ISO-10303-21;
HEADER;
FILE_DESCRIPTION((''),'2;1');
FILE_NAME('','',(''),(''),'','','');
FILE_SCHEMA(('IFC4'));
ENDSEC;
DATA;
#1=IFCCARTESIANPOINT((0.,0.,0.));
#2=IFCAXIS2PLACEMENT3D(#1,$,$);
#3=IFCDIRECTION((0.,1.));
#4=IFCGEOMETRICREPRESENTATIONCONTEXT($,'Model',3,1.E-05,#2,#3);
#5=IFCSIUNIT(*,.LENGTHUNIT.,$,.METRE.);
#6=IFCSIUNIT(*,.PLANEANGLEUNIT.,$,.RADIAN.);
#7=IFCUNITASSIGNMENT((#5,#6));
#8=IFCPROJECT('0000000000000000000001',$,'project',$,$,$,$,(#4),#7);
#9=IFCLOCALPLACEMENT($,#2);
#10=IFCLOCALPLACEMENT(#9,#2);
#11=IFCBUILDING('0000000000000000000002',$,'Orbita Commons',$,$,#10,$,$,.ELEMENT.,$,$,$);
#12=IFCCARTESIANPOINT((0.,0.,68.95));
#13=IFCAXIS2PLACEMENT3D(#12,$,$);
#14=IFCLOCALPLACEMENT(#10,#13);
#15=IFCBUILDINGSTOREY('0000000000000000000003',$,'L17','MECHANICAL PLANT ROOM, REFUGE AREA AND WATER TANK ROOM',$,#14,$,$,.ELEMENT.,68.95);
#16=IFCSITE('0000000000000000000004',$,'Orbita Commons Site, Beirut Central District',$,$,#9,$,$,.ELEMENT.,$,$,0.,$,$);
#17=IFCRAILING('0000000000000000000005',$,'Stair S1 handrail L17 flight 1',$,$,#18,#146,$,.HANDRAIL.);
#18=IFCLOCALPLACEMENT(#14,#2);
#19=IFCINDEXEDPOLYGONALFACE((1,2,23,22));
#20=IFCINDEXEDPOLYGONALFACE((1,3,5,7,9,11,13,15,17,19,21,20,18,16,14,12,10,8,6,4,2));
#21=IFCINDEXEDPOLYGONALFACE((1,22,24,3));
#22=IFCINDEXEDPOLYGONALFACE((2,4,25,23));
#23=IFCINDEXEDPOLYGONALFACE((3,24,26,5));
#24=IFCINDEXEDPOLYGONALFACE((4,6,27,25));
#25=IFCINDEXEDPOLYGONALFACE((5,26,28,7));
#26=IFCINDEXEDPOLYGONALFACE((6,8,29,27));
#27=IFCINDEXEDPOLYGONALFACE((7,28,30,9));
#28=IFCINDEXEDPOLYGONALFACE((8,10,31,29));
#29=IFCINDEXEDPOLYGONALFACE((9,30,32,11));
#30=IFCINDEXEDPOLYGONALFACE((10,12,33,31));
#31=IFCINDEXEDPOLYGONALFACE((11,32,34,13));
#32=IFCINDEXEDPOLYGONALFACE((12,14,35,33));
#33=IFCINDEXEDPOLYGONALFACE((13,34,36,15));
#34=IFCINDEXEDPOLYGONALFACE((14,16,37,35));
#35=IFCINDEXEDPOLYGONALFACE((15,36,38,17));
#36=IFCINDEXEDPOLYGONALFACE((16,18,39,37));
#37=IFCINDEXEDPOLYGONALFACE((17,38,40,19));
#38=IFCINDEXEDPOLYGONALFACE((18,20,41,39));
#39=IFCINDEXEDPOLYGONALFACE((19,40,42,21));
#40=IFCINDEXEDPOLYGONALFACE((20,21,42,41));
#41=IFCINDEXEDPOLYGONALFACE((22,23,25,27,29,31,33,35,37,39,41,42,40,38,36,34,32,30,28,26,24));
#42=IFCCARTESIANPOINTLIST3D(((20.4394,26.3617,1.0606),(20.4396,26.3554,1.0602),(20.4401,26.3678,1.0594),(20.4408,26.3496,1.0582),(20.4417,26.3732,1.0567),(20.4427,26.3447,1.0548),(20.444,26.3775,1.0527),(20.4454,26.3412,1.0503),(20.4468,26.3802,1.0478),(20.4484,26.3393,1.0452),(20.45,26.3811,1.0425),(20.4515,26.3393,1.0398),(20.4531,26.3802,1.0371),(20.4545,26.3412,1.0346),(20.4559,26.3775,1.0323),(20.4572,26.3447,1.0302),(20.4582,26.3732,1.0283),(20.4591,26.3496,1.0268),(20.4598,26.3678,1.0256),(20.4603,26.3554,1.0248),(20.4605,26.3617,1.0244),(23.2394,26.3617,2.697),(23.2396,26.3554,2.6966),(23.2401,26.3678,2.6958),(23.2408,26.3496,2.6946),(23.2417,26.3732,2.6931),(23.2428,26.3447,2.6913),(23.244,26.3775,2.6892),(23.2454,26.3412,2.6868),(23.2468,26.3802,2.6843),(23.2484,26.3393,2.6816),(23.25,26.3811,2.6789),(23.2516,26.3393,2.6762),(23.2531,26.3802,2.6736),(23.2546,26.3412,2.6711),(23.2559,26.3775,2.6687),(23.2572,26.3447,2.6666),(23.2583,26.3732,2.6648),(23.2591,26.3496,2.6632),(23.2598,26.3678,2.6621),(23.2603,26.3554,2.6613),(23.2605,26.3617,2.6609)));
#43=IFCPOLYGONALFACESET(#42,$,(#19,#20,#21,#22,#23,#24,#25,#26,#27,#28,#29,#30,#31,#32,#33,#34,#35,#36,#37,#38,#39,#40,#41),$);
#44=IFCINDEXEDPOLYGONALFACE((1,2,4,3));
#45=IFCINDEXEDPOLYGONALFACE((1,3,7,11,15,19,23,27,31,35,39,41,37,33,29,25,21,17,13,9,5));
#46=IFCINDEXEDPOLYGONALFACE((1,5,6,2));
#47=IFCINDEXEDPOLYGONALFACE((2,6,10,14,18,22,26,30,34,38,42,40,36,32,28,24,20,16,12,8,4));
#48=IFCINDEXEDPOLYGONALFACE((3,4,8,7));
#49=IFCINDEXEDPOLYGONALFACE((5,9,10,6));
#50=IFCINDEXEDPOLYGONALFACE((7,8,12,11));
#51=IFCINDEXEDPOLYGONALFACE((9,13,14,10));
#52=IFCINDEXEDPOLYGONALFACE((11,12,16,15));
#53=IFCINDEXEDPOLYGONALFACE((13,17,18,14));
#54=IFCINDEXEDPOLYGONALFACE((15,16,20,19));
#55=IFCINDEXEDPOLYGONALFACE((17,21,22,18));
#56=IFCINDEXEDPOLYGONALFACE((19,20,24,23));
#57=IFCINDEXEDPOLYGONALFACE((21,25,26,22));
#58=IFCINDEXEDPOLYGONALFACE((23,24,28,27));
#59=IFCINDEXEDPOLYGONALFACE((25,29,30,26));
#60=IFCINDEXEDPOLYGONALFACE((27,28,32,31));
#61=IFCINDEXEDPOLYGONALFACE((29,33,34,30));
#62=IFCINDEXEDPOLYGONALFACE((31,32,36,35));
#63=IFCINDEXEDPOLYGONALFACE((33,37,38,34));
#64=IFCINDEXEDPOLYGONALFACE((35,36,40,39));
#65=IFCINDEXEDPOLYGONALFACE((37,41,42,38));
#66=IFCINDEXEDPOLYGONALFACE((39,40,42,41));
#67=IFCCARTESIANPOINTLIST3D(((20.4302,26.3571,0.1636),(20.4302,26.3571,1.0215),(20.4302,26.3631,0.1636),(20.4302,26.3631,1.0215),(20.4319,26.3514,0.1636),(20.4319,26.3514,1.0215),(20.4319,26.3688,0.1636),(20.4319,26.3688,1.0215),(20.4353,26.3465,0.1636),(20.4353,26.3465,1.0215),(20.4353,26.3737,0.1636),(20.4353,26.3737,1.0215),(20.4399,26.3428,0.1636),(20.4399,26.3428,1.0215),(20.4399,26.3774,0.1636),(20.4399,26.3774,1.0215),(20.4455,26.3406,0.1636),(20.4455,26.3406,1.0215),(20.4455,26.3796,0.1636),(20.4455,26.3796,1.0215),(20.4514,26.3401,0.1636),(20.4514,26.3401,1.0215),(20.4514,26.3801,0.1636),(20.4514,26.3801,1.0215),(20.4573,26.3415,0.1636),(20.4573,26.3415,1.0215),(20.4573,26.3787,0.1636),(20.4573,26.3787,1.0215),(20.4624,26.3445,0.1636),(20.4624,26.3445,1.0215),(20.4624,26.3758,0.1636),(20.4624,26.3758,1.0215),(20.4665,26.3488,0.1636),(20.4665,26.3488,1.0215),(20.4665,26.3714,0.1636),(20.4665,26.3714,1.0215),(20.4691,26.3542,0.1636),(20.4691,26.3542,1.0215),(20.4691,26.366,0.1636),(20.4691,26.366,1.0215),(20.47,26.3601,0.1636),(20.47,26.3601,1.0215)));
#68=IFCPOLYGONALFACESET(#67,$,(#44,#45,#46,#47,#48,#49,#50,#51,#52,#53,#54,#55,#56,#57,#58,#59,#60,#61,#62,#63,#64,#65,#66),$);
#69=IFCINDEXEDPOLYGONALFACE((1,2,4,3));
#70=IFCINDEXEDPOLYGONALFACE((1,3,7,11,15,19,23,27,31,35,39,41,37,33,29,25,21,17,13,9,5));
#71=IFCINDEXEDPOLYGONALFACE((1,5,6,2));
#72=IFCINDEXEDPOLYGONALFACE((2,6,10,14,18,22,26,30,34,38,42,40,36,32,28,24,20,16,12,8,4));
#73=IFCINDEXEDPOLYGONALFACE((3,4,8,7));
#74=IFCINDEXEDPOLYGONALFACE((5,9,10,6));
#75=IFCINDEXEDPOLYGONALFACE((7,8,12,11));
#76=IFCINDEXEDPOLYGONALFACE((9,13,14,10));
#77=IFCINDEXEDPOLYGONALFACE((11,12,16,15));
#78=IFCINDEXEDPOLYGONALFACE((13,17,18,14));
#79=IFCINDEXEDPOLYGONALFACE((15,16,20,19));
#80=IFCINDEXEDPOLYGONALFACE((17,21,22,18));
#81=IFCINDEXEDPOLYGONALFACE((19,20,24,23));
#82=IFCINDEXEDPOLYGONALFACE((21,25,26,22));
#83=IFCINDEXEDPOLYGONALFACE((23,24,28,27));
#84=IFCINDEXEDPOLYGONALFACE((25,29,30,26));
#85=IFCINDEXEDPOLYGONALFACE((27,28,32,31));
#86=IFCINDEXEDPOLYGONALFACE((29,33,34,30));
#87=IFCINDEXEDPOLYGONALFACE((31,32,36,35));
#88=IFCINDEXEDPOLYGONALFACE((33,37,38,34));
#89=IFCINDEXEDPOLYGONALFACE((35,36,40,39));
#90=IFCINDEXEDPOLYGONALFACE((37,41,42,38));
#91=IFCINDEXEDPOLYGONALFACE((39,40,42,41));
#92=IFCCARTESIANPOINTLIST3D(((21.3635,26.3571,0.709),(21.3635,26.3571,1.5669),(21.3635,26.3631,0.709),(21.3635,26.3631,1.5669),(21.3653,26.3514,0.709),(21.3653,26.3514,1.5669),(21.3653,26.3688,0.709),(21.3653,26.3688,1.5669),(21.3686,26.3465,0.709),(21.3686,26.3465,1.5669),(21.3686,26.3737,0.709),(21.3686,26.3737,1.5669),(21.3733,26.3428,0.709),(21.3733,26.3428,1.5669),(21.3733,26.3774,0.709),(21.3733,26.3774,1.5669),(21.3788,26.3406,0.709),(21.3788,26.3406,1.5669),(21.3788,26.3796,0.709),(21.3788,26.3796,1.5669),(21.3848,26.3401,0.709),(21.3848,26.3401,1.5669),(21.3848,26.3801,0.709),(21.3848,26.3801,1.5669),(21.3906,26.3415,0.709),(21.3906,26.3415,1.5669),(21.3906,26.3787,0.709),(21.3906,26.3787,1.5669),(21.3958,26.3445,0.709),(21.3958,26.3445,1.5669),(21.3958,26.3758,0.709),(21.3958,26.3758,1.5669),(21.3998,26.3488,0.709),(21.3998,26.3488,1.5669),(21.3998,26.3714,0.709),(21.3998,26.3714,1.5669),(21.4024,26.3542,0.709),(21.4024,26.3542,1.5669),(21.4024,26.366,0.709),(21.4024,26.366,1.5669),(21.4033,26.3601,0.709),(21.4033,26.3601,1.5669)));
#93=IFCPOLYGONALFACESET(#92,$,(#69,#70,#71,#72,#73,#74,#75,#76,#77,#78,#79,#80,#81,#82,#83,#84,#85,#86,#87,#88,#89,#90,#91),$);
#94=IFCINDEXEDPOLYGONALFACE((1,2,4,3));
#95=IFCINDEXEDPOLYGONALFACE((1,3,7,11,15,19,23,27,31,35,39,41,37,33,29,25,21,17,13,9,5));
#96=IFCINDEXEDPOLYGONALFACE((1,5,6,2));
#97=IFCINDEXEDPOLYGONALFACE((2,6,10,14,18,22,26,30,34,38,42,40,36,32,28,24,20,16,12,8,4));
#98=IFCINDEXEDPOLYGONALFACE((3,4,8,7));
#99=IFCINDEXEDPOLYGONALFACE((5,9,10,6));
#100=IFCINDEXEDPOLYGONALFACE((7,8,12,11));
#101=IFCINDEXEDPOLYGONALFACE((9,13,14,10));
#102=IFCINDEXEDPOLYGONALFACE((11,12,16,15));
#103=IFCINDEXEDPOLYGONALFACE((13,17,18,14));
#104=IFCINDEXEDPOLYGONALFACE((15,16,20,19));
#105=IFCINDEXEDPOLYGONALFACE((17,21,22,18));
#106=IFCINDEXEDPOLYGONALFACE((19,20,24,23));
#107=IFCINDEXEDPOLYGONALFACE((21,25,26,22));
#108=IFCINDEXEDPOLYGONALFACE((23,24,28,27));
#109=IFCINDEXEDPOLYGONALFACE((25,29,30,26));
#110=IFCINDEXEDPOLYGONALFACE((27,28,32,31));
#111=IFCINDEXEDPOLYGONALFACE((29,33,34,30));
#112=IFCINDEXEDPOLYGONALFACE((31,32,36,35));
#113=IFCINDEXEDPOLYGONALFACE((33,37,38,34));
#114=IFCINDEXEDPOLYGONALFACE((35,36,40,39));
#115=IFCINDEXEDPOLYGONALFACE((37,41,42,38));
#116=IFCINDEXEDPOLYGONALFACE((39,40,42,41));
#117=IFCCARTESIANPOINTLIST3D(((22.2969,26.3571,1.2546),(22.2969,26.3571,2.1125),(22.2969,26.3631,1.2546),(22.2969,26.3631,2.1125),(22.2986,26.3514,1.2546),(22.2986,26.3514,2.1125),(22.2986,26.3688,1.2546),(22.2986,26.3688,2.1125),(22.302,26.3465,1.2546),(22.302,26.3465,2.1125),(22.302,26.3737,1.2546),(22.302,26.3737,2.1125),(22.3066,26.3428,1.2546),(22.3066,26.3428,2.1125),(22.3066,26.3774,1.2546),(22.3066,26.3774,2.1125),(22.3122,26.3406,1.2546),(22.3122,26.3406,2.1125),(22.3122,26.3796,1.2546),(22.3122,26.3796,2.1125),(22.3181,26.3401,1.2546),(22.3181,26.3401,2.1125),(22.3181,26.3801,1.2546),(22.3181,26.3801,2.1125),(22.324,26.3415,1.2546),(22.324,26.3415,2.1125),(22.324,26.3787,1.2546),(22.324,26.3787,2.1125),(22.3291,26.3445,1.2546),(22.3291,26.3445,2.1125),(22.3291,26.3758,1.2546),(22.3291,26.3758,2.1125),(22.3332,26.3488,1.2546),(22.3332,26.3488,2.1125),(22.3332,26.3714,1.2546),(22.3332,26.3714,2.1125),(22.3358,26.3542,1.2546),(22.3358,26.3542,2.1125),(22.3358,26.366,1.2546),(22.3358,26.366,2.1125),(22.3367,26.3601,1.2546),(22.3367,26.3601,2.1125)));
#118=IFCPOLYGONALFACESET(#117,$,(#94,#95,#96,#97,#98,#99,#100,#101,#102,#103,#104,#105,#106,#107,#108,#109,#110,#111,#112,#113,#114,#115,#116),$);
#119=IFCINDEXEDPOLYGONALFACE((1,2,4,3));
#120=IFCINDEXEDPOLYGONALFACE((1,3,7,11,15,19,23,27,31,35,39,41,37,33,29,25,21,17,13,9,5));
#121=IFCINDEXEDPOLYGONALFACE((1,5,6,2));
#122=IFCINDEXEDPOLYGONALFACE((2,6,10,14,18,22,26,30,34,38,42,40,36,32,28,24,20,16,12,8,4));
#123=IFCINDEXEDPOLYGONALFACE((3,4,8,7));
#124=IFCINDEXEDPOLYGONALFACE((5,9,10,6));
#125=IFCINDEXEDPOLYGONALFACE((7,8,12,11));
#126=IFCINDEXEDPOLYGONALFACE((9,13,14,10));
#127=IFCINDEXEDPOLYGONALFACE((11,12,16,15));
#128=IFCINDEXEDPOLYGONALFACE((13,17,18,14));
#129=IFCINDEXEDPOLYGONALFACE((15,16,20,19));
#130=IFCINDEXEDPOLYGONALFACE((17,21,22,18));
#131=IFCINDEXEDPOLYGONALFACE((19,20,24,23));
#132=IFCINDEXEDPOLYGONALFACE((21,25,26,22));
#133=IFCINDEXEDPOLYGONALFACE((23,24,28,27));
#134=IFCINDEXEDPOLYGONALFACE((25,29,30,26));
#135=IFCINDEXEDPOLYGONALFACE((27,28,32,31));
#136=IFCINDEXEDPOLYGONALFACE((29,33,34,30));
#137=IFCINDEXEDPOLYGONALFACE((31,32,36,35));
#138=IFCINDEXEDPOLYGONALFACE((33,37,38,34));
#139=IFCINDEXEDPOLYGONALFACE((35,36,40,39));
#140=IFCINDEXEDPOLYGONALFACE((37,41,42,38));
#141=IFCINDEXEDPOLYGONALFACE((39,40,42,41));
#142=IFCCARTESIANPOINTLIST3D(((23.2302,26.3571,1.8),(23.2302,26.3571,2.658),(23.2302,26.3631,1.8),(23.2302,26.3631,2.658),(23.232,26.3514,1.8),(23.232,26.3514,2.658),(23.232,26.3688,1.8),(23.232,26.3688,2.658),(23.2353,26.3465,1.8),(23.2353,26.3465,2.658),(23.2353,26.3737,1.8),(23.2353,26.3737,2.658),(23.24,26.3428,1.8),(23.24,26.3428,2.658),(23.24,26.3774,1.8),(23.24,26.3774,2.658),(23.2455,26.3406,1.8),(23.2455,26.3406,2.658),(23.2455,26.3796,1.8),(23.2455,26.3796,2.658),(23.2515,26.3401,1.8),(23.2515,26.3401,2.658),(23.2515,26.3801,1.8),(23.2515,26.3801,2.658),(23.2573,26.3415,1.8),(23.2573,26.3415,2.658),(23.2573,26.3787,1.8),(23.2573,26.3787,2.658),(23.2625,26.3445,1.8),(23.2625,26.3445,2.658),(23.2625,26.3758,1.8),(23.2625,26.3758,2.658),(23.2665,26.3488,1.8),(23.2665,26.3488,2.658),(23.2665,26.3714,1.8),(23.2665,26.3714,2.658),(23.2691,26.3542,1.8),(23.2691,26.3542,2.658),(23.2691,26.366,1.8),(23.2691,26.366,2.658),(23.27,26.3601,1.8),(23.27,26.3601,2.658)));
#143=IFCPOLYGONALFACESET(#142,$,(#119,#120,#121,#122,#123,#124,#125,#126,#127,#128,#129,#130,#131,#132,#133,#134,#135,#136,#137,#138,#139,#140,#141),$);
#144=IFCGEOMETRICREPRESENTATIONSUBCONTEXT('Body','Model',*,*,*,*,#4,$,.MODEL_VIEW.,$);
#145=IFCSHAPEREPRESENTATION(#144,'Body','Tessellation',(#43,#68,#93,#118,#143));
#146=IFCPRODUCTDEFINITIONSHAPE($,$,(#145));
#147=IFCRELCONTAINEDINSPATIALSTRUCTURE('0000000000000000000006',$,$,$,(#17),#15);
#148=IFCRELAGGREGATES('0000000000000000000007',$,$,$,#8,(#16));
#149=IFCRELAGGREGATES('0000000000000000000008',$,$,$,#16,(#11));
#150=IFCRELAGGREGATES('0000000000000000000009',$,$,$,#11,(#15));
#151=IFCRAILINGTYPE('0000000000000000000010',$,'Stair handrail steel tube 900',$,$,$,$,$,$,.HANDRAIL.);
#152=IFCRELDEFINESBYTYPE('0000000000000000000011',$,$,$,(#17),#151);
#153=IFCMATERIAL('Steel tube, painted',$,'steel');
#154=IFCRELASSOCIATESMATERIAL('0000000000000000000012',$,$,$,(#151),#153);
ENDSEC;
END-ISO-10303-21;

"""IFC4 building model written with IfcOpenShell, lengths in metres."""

from ifc_helpers import new_model, si_unit, direction, frame, origin, origin_2d, place, context, subcontext, project, spatial, circle, extrude, material, type_object, element, save


model = new_model("IFC4")

# Units and contexts
model_context = context("Model", 3, precision=1e-05, world=origin(), true_north=direction((0.0, 1.0)))
body_context = subcontext(model_context, "Body", "Model", "MODEL_VIEW")
ifc_project = project(units=[si_unit("LENGTHUNIT", "METRE"), si_unit("PLANEANGLEUNIT", "RADIAN")], contexts=[model_context])

# Site, building, storey
site_placement = place(None, origin())
site = spatial("IfcSite", under=ifc_project, at=site_placement, Name="Orbita Commons Site, Beirut Central District", CompositionType="ELEMENT", RefElevation=0.0)
building_placement = place(site_placement, origin())
building = spatial("IfcBuilding", under=site, at=building_placement, Name="Orbita Commons", CompositionType="ELEMENT")
storey_placement = place(building_placement, frame((0.0, 0.0, 68.95)))
storey = spatial("IfcBuildingStorey", under=building, at=storey_placement, Name="L17", Description="MECHANICAL PLANT ROOM, REFUGE AREA AND WATER TANK ROOM", CompositionType="ELEMENT", Elevation=68.95)

# Railing
ifc_material_1 = material(Name="Steel tube, painted", Category="steel")
railing_type = type_object("IfcRailingType", Name="Stair handrail steel tube 900", PredefinedType="HANDRAIL", material=ifc_material_1)
for number, where, name in (
    (1, (20.45, 26.3601, 0.1636), "Stair S1 handrail L17 flight 1"),
):
    element("IfcRailing", number, at=place(storey_placement, frame(where)), inside=storey, type_object=railing_type, Name=name, PredefinedType="HANDRAIL", context=body_context, shape_type="SweptSolid", body=[
        extrude(circle(Radius=0.021, at=origin_2d()), frame((0.0, 0.0, 0.8789), z_axis=(0.863361, 0.0, 0.504587), x_axis=(0.0, 1.0, 0.0)), (0.0, 0.0, 1.0), 3.2432),
        extrude(circle(Radius=0.02, at=origin_2d()), origin(), (0.0, 0.0, 1.0), 0.8579),
        extrude(circle(Radius=0.02, at=origin_2d()), frame((0.9333, 0.0, 0.5454)), (0.0, 0.0, 1.0), 0.8579),
        extrude(circle(Radius=0.02, at=origin_2d()), frame((1.8667, 0.0, 1.0911)), (0.0, 0.0, 1.0), 0.8579),
        extrude(circle(Radius=0.02, at=origin_2d()), frame((2.8, 0.0, 1.6365)), (0.0, 0.0, 1.0), 0.8579),
    ])

save(model, "model.ifc")
